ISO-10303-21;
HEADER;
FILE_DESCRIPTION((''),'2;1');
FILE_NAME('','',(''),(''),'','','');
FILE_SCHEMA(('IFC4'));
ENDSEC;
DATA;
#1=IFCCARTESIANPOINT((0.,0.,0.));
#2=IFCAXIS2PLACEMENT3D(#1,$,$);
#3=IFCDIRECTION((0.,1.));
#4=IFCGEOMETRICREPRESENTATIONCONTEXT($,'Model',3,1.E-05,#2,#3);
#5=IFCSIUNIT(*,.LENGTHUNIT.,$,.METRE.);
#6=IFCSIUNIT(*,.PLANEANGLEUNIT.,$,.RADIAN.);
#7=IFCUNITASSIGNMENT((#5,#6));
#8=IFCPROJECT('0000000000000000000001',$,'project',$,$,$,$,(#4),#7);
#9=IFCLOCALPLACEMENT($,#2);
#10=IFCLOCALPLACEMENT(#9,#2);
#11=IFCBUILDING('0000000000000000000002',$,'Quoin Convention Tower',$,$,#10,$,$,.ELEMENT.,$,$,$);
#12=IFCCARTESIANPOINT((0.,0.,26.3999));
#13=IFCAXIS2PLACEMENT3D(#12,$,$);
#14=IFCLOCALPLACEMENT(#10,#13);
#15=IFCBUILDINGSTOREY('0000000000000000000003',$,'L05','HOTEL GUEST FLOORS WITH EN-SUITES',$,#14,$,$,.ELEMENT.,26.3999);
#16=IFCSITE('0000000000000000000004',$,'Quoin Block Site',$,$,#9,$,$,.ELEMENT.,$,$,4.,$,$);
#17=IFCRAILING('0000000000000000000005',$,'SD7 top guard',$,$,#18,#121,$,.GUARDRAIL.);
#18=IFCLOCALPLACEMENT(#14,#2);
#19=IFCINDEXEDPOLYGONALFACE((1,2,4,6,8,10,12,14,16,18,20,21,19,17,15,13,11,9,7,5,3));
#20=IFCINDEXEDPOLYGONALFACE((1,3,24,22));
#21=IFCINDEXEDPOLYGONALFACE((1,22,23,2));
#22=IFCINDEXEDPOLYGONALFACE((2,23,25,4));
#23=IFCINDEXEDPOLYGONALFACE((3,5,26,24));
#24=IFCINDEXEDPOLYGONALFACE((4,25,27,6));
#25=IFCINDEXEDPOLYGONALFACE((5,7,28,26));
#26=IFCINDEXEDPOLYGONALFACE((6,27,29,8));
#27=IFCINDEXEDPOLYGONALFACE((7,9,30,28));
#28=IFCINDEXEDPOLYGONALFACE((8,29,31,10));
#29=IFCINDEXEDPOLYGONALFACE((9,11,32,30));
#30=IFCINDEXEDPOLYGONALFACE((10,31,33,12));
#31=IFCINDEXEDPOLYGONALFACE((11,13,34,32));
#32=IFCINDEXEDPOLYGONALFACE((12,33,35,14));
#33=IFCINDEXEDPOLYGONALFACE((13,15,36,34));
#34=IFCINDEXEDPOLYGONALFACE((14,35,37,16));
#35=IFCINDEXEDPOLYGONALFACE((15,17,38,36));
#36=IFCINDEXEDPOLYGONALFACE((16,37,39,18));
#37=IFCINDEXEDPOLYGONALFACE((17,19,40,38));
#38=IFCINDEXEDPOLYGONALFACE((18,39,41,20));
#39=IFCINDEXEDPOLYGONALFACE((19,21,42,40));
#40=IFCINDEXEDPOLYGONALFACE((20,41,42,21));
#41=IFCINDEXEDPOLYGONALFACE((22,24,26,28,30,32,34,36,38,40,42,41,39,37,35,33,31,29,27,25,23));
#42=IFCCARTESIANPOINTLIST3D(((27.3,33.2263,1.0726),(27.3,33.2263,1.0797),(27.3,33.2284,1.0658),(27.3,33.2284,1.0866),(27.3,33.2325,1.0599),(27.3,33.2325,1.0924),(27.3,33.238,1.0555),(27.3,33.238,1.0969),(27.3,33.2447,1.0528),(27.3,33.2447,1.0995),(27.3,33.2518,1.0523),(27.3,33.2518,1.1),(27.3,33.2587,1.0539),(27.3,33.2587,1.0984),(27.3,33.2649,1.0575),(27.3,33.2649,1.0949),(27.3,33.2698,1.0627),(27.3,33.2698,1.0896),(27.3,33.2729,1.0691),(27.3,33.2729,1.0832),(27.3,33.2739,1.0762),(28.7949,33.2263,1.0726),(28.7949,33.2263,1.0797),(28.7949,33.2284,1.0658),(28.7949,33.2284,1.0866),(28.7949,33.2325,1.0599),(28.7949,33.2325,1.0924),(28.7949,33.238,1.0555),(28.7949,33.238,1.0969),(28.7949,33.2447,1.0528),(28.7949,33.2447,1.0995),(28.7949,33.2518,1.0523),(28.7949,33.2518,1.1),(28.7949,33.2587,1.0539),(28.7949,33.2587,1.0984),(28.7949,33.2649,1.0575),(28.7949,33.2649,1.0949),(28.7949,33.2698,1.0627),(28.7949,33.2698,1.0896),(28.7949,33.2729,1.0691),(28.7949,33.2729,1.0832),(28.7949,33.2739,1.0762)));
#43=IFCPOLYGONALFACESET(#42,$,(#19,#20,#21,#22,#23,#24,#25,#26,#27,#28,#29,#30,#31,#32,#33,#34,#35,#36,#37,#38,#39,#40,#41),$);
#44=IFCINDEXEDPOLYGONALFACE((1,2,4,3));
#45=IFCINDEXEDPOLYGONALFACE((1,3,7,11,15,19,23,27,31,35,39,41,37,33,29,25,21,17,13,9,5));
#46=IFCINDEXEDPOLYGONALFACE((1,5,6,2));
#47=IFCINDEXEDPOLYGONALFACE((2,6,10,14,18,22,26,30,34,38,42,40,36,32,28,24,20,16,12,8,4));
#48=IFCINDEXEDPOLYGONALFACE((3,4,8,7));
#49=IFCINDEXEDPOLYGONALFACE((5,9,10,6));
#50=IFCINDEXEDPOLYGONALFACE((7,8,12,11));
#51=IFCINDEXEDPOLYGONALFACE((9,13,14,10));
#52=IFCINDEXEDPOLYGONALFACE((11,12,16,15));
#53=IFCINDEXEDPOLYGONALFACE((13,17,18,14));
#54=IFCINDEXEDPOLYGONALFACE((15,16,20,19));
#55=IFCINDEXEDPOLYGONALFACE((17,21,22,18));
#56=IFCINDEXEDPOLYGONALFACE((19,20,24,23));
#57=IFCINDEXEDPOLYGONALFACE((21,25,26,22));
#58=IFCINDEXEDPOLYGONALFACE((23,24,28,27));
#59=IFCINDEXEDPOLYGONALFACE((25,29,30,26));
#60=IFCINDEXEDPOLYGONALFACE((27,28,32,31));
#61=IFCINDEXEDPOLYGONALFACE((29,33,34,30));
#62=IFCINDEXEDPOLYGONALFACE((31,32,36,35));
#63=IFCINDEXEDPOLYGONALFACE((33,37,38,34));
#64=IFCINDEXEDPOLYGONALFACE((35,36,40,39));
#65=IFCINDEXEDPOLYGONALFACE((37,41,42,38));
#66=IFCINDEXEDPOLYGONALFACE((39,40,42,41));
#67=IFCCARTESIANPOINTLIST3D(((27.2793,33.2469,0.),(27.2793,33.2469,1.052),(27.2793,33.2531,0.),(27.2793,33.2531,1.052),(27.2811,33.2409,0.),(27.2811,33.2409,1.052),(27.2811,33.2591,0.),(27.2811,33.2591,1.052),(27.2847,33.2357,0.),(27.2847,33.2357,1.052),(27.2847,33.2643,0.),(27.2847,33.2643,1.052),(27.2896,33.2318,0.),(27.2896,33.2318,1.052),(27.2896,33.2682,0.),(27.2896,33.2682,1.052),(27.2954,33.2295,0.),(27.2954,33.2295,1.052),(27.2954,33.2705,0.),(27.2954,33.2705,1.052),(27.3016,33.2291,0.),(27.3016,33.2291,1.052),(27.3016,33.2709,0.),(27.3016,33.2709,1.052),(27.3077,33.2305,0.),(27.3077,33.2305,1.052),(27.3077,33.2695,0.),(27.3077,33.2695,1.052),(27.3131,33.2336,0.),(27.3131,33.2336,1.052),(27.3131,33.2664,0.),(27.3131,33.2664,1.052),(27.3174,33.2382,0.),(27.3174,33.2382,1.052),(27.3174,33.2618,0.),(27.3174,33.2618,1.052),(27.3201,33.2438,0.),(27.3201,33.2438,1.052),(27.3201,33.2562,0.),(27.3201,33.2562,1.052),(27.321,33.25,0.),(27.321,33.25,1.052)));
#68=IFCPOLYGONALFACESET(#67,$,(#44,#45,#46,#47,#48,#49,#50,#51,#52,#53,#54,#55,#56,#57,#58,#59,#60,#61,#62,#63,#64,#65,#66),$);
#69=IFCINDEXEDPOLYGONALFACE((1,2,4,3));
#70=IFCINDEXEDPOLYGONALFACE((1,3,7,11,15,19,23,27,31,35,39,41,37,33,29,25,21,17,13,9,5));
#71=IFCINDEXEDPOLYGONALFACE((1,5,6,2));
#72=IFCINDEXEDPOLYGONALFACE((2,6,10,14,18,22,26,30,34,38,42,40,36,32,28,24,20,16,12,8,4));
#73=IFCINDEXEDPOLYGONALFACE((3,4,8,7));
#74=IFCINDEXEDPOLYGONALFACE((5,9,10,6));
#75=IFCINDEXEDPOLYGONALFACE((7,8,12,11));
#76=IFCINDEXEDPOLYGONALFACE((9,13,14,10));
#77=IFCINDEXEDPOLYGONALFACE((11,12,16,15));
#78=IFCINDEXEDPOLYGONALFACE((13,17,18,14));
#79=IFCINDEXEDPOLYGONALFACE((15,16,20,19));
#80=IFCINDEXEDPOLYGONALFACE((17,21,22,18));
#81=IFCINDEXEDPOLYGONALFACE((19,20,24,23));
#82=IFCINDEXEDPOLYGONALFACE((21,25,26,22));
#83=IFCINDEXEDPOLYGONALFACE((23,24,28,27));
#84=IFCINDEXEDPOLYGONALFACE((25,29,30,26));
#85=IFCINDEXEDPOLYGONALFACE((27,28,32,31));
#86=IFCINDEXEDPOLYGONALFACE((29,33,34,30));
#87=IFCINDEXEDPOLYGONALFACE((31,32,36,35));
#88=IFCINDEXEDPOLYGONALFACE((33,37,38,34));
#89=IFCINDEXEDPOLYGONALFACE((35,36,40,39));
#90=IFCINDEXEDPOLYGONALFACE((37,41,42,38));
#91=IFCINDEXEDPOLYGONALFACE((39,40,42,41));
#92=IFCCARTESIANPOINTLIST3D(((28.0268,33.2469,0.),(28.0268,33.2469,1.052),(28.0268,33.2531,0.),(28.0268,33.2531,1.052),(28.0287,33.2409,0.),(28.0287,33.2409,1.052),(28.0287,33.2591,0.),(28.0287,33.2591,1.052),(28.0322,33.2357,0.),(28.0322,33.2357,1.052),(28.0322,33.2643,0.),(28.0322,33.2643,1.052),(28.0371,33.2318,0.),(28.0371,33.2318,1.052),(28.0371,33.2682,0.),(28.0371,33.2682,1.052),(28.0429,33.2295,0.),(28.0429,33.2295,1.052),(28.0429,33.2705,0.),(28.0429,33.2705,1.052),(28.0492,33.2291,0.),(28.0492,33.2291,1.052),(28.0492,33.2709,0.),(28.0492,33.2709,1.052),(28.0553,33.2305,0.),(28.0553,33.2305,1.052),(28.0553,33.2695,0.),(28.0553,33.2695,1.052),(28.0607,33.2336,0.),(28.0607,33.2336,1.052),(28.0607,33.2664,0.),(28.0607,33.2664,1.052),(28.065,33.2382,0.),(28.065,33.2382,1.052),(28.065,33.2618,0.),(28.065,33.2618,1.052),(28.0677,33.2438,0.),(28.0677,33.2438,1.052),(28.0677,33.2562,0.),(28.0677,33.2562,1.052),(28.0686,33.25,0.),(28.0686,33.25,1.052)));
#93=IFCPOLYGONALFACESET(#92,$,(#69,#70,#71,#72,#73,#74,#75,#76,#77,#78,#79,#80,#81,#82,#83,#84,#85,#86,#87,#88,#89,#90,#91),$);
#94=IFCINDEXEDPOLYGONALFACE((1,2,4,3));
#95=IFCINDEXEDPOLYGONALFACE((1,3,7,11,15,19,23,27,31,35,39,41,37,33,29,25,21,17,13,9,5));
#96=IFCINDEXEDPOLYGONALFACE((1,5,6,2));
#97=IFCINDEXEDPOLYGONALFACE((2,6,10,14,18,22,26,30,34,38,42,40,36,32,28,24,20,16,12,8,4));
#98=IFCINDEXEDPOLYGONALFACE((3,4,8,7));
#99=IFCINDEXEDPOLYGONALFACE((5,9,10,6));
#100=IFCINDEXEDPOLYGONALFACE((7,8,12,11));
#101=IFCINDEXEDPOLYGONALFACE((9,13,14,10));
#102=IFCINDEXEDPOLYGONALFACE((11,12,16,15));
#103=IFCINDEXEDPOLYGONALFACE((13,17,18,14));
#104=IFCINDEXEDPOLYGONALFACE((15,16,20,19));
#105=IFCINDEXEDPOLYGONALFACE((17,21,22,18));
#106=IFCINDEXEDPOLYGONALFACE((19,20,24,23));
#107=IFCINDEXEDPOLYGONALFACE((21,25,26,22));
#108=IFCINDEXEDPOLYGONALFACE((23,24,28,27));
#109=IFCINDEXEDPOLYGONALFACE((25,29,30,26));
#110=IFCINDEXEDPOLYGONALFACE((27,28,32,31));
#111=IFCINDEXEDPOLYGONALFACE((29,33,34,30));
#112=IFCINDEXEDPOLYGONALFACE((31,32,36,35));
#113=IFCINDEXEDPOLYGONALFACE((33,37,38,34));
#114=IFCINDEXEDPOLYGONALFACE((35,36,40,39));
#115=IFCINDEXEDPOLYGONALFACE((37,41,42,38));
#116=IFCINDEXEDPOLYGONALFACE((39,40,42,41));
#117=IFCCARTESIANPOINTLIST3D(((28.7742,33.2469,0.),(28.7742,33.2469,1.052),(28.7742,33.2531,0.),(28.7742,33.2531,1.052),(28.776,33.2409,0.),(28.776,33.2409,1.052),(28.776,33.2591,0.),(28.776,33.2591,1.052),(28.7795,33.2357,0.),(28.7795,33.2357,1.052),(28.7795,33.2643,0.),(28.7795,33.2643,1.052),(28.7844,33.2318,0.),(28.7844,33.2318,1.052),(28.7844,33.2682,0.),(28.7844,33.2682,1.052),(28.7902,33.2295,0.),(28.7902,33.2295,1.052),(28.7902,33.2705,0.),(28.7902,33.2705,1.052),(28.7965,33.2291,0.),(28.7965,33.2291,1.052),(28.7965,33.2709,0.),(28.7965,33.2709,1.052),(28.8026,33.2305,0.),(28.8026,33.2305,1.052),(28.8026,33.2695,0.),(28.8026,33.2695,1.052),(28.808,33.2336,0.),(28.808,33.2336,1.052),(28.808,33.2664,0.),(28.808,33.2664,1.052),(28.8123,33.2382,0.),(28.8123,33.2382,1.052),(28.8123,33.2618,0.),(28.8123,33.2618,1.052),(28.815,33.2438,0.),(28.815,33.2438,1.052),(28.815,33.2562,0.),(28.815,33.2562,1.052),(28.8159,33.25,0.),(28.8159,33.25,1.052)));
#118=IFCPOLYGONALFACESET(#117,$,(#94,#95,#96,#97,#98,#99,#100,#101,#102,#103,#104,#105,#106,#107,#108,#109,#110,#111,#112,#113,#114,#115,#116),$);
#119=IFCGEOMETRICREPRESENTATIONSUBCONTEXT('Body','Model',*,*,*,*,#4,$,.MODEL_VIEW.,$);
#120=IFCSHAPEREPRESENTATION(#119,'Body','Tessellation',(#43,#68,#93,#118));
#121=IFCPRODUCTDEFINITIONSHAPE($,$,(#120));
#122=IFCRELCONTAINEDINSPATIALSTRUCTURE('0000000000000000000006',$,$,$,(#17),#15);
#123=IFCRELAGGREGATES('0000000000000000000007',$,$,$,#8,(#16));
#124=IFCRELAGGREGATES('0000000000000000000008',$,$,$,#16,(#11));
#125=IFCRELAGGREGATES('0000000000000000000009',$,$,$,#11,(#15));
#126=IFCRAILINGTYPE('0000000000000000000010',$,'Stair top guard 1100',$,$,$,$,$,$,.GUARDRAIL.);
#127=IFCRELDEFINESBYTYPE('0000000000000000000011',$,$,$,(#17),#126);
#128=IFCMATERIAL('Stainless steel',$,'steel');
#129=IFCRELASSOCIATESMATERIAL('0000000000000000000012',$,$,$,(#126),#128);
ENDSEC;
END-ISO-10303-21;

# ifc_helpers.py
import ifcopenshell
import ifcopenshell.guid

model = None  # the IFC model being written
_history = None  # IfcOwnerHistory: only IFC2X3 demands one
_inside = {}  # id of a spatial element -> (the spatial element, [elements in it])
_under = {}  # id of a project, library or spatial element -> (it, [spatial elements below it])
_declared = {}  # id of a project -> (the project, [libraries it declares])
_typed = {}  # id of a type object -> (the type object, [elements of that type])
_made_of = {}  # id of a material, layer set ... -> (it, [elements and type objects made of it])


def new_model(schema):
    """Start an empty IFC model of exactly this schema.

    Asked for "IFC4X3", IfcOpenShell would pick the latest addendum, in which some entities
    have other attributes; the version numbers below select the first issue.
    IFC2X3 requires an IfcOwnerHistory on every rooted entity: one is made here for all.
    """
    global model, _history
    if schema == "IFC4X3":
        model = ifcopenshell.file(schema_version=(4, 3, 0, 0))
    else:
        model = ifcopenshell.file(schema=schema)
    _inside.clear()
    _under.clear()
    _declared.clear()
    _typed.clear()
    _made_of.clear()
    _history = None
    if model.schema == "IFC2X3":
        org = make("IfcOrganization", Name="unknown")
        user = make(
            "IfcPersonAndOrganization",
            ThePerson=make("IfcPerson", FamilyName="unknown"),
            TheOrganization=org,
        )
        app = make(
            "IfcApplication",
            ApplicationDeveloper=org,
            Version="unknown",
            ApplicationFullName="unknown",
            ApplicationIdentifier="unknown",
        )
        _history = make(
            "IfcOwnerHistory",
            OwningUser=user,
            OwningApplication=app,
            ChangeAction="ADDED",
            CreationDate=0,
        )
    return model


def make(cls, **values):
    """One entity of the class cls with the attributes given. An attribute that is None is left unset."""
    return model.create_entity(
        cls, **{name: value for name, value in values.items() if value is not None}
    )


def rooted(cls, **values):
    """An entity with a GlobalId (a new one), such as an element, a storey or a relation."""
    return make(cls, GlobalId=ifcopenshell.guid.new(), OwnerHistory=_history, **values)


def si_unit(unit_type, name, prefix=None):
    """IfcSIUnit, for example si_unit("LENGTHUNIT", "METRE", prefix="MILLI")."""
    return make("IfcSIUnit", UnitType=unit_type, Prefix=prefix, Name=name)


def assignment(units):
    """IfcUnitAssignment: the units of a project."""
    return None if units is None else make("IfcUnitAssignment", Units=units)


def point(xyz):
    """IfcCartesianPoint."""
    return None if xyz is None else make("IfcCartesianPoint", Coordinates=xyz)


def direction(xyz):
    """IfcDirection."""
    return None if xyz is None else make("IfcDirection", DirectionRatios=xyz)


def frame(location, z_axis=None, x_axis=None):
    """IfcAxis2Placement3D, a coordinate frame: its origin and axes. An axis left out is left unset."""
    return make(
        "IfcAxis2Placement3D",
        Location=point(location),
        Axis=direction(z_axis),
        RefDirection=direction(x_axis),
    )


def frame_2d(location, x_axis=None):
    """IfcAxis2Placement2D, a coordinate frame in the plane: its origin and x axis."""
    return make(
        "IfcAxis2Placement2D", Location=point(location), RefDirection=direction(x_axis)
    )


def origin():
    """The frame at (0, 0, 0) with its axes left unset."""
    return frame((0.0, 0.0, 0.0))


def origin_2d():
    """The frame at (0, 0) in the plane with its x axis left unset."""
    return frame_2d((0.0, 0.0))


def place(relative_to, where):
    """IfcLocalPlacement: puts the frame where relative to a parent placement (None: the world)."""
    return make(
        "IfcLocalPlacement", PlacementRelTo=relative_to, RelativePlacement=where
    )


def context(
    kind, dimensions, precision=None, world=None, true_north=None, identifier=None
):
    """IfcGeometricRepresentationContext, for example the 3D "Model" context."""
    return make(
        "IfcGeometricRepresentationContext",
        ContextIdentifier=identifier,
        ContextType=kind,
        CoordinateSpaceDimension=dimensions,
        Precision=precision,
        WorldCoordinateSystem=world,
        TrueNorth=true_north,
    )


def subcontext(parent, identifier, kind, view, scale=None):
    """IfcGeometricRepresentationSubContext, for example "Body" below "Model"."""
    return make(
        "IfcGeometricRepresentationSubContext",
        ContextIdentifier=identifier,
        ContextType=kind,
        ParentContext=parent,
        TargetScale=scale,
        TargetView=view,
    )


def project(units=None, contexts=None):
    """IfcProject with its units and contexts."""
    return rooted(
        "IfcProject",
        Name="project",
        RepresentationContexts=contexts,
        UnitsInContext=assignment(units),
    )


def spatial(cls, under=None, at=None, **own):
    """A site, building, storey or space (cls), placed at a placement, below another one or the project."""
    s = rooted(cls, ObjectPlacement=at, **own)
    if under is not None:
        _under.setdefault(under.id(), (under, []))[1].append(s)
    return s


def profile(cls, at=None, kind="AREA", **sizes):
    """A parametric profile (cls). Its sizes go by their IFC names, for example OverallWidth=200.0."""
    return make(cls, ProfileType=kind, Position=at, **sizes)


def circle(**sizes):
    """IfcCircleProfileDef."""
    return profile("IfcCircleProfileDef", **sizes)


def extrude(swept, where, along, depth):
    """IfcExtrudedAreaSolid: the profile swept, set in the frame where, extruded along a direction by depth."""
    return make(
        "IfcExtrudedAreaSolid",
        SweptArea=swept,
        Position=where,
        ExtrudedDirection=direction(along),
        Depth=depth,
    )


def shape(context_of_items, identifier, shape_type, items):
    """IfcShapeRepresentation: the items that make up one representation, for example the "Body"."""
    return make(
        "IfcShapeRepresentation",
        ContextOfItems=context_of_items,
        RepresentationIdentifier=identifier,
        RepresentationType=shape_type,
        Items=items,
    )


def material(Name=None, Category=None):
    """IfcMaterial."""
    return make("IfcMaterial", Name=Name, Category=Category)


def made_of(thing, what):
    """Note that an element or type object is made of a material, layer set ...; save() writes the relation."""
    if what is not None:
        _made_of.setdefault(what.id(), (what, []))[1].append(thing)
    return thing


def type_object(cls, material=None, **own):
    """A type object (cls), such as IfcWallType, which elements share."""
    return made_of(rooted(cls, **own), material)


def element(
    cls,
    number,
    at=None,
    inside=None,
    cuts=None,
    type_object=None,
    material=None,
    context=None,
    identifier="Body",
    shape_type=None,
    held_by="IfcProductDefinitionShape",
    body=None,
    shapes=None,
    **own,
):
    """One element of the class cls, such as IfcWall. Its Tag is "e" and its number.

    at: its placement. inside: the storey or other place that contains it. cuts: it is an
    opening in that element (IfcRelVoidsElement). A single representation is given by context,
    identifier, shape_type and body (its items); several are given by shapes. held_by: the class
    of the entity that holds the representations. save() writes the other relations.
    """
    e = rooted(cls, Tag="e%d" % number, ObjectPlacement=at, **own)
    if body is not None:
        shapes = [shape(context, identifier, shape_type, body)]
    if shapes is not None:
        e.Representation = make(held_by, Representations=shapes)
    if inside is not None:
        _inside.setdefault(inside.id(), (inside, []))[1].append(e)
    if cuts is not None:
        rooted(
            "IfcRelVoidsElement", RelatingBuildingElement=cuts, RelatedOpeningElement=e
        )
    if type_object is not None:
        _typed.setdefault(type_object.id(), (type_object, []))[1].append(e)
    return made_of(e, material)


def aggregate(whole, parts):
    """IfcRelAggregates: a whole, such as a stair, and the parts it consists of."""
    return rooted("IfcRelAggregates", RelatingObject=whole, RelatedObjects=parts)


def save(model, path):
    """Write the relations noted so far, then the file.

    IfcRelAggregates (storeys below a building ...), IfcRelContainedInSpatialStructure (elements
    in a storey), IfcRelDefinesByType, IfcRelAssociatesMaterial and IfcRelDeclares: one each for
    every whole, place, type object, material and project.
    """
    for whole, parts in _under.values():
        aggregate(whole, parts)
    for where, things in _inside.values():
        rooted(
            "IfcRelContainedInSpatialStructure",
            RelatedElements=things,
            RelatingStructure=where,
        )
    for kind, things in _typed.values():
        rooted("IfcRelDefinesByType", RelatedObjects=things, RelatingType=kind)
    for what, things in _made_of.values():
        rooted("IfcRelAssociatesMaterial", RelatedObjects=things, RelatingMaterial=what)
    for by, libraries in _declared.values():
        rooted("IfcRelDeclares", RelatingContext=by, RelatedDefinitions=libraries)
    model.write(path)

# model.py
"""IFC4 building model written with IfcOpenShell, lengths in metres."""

from ifc_helpers import new_model, si_unit, direction, frame, origin, origin_2d, place, context, subcontext, project, spatial, circle, extrude, material, type_object, element, save


model = new_model("IFC4")

# Units and contexts
model_context = context("Model", 3, precision=1e-05, world=origin(), true_north=direction((0.0, 1.0)))
body_context = subcontext(model_context, "Body", "Model", "MODEL_VIEW")
ifc_project = project(units=[si_unit("LENGTHUNIT", "METRE"), si_unit("PLANEANGLEUNIT", "RADIAN")], contexts=[model_context])

# Site, building, storey
site_placement = place(None, origin())
site = spatial("IfcSite", under=ifc_project, at=site_placement, Name="Quoin Block Site", CompositionType="ELEMENT", RefElevation=4.0)
building_placement = place(site_placement, origin())
building = spatial("IfcBuilding", under=site, at=building_placement, Name="Quoin Convention Tower", CompositionType="ELEMENT")
storey_placement = place(building_placement, frame((0.0, 0.0, 26.3999)))
storey = spatial("IfcBuildingStorey", under=building, at=storey_placement, Name="L05", Description="HOTEL GUEST FLOORS WITH EN-SUITES", CompositionType="ELEMENT", Elevation=26.3999)

# Railing
ifc_material_1 = material(Name="Stainless steel", Category="steel")
railing_type_1 = type_object("IfcRailingType", Name="Stair top guard 1100", PredefinedType="GUARDRAIL", material=ifc_material_1)
railing_1_placement = place(storey_placement, frame((27.3, 33.25, 0.0)))
element("IfcRailing", 1, at=railing_1_placement, inside=storey, type_object=railing_type_1, Name="SD7 top guard", PredefinedType="GUARDRAIL", context=body_context, shape_type="SweptSolid", body=[
    extrude(circle(Radius=0.0239, at=origin_2d()), frame((0.0, 0.0, 1.0762), z_axis=(1.0, 0.0, 0.0), x_axis=(0.0, 1.0, 0.0)), (0.0, 0.0, 1.0), 1.4949),
    extrude(circle(Radius=0.021, at=origin_2d()), origin(), (0.0, 0.0, 1.0), 1.052),
    extrude(circle(Radius=0.021, at=origin_2d()), frame((0.7476, 0.0, 0.0)), (0.0, 0.0, 1.0), 1.052),
    extrude(circle(Radius=0.021, at=origin_2d()), frame((1.4949, 0.0, 0.0)), (0.0, 0.0, 1.0), 1.052),
])

save(model, "model.ifc")
